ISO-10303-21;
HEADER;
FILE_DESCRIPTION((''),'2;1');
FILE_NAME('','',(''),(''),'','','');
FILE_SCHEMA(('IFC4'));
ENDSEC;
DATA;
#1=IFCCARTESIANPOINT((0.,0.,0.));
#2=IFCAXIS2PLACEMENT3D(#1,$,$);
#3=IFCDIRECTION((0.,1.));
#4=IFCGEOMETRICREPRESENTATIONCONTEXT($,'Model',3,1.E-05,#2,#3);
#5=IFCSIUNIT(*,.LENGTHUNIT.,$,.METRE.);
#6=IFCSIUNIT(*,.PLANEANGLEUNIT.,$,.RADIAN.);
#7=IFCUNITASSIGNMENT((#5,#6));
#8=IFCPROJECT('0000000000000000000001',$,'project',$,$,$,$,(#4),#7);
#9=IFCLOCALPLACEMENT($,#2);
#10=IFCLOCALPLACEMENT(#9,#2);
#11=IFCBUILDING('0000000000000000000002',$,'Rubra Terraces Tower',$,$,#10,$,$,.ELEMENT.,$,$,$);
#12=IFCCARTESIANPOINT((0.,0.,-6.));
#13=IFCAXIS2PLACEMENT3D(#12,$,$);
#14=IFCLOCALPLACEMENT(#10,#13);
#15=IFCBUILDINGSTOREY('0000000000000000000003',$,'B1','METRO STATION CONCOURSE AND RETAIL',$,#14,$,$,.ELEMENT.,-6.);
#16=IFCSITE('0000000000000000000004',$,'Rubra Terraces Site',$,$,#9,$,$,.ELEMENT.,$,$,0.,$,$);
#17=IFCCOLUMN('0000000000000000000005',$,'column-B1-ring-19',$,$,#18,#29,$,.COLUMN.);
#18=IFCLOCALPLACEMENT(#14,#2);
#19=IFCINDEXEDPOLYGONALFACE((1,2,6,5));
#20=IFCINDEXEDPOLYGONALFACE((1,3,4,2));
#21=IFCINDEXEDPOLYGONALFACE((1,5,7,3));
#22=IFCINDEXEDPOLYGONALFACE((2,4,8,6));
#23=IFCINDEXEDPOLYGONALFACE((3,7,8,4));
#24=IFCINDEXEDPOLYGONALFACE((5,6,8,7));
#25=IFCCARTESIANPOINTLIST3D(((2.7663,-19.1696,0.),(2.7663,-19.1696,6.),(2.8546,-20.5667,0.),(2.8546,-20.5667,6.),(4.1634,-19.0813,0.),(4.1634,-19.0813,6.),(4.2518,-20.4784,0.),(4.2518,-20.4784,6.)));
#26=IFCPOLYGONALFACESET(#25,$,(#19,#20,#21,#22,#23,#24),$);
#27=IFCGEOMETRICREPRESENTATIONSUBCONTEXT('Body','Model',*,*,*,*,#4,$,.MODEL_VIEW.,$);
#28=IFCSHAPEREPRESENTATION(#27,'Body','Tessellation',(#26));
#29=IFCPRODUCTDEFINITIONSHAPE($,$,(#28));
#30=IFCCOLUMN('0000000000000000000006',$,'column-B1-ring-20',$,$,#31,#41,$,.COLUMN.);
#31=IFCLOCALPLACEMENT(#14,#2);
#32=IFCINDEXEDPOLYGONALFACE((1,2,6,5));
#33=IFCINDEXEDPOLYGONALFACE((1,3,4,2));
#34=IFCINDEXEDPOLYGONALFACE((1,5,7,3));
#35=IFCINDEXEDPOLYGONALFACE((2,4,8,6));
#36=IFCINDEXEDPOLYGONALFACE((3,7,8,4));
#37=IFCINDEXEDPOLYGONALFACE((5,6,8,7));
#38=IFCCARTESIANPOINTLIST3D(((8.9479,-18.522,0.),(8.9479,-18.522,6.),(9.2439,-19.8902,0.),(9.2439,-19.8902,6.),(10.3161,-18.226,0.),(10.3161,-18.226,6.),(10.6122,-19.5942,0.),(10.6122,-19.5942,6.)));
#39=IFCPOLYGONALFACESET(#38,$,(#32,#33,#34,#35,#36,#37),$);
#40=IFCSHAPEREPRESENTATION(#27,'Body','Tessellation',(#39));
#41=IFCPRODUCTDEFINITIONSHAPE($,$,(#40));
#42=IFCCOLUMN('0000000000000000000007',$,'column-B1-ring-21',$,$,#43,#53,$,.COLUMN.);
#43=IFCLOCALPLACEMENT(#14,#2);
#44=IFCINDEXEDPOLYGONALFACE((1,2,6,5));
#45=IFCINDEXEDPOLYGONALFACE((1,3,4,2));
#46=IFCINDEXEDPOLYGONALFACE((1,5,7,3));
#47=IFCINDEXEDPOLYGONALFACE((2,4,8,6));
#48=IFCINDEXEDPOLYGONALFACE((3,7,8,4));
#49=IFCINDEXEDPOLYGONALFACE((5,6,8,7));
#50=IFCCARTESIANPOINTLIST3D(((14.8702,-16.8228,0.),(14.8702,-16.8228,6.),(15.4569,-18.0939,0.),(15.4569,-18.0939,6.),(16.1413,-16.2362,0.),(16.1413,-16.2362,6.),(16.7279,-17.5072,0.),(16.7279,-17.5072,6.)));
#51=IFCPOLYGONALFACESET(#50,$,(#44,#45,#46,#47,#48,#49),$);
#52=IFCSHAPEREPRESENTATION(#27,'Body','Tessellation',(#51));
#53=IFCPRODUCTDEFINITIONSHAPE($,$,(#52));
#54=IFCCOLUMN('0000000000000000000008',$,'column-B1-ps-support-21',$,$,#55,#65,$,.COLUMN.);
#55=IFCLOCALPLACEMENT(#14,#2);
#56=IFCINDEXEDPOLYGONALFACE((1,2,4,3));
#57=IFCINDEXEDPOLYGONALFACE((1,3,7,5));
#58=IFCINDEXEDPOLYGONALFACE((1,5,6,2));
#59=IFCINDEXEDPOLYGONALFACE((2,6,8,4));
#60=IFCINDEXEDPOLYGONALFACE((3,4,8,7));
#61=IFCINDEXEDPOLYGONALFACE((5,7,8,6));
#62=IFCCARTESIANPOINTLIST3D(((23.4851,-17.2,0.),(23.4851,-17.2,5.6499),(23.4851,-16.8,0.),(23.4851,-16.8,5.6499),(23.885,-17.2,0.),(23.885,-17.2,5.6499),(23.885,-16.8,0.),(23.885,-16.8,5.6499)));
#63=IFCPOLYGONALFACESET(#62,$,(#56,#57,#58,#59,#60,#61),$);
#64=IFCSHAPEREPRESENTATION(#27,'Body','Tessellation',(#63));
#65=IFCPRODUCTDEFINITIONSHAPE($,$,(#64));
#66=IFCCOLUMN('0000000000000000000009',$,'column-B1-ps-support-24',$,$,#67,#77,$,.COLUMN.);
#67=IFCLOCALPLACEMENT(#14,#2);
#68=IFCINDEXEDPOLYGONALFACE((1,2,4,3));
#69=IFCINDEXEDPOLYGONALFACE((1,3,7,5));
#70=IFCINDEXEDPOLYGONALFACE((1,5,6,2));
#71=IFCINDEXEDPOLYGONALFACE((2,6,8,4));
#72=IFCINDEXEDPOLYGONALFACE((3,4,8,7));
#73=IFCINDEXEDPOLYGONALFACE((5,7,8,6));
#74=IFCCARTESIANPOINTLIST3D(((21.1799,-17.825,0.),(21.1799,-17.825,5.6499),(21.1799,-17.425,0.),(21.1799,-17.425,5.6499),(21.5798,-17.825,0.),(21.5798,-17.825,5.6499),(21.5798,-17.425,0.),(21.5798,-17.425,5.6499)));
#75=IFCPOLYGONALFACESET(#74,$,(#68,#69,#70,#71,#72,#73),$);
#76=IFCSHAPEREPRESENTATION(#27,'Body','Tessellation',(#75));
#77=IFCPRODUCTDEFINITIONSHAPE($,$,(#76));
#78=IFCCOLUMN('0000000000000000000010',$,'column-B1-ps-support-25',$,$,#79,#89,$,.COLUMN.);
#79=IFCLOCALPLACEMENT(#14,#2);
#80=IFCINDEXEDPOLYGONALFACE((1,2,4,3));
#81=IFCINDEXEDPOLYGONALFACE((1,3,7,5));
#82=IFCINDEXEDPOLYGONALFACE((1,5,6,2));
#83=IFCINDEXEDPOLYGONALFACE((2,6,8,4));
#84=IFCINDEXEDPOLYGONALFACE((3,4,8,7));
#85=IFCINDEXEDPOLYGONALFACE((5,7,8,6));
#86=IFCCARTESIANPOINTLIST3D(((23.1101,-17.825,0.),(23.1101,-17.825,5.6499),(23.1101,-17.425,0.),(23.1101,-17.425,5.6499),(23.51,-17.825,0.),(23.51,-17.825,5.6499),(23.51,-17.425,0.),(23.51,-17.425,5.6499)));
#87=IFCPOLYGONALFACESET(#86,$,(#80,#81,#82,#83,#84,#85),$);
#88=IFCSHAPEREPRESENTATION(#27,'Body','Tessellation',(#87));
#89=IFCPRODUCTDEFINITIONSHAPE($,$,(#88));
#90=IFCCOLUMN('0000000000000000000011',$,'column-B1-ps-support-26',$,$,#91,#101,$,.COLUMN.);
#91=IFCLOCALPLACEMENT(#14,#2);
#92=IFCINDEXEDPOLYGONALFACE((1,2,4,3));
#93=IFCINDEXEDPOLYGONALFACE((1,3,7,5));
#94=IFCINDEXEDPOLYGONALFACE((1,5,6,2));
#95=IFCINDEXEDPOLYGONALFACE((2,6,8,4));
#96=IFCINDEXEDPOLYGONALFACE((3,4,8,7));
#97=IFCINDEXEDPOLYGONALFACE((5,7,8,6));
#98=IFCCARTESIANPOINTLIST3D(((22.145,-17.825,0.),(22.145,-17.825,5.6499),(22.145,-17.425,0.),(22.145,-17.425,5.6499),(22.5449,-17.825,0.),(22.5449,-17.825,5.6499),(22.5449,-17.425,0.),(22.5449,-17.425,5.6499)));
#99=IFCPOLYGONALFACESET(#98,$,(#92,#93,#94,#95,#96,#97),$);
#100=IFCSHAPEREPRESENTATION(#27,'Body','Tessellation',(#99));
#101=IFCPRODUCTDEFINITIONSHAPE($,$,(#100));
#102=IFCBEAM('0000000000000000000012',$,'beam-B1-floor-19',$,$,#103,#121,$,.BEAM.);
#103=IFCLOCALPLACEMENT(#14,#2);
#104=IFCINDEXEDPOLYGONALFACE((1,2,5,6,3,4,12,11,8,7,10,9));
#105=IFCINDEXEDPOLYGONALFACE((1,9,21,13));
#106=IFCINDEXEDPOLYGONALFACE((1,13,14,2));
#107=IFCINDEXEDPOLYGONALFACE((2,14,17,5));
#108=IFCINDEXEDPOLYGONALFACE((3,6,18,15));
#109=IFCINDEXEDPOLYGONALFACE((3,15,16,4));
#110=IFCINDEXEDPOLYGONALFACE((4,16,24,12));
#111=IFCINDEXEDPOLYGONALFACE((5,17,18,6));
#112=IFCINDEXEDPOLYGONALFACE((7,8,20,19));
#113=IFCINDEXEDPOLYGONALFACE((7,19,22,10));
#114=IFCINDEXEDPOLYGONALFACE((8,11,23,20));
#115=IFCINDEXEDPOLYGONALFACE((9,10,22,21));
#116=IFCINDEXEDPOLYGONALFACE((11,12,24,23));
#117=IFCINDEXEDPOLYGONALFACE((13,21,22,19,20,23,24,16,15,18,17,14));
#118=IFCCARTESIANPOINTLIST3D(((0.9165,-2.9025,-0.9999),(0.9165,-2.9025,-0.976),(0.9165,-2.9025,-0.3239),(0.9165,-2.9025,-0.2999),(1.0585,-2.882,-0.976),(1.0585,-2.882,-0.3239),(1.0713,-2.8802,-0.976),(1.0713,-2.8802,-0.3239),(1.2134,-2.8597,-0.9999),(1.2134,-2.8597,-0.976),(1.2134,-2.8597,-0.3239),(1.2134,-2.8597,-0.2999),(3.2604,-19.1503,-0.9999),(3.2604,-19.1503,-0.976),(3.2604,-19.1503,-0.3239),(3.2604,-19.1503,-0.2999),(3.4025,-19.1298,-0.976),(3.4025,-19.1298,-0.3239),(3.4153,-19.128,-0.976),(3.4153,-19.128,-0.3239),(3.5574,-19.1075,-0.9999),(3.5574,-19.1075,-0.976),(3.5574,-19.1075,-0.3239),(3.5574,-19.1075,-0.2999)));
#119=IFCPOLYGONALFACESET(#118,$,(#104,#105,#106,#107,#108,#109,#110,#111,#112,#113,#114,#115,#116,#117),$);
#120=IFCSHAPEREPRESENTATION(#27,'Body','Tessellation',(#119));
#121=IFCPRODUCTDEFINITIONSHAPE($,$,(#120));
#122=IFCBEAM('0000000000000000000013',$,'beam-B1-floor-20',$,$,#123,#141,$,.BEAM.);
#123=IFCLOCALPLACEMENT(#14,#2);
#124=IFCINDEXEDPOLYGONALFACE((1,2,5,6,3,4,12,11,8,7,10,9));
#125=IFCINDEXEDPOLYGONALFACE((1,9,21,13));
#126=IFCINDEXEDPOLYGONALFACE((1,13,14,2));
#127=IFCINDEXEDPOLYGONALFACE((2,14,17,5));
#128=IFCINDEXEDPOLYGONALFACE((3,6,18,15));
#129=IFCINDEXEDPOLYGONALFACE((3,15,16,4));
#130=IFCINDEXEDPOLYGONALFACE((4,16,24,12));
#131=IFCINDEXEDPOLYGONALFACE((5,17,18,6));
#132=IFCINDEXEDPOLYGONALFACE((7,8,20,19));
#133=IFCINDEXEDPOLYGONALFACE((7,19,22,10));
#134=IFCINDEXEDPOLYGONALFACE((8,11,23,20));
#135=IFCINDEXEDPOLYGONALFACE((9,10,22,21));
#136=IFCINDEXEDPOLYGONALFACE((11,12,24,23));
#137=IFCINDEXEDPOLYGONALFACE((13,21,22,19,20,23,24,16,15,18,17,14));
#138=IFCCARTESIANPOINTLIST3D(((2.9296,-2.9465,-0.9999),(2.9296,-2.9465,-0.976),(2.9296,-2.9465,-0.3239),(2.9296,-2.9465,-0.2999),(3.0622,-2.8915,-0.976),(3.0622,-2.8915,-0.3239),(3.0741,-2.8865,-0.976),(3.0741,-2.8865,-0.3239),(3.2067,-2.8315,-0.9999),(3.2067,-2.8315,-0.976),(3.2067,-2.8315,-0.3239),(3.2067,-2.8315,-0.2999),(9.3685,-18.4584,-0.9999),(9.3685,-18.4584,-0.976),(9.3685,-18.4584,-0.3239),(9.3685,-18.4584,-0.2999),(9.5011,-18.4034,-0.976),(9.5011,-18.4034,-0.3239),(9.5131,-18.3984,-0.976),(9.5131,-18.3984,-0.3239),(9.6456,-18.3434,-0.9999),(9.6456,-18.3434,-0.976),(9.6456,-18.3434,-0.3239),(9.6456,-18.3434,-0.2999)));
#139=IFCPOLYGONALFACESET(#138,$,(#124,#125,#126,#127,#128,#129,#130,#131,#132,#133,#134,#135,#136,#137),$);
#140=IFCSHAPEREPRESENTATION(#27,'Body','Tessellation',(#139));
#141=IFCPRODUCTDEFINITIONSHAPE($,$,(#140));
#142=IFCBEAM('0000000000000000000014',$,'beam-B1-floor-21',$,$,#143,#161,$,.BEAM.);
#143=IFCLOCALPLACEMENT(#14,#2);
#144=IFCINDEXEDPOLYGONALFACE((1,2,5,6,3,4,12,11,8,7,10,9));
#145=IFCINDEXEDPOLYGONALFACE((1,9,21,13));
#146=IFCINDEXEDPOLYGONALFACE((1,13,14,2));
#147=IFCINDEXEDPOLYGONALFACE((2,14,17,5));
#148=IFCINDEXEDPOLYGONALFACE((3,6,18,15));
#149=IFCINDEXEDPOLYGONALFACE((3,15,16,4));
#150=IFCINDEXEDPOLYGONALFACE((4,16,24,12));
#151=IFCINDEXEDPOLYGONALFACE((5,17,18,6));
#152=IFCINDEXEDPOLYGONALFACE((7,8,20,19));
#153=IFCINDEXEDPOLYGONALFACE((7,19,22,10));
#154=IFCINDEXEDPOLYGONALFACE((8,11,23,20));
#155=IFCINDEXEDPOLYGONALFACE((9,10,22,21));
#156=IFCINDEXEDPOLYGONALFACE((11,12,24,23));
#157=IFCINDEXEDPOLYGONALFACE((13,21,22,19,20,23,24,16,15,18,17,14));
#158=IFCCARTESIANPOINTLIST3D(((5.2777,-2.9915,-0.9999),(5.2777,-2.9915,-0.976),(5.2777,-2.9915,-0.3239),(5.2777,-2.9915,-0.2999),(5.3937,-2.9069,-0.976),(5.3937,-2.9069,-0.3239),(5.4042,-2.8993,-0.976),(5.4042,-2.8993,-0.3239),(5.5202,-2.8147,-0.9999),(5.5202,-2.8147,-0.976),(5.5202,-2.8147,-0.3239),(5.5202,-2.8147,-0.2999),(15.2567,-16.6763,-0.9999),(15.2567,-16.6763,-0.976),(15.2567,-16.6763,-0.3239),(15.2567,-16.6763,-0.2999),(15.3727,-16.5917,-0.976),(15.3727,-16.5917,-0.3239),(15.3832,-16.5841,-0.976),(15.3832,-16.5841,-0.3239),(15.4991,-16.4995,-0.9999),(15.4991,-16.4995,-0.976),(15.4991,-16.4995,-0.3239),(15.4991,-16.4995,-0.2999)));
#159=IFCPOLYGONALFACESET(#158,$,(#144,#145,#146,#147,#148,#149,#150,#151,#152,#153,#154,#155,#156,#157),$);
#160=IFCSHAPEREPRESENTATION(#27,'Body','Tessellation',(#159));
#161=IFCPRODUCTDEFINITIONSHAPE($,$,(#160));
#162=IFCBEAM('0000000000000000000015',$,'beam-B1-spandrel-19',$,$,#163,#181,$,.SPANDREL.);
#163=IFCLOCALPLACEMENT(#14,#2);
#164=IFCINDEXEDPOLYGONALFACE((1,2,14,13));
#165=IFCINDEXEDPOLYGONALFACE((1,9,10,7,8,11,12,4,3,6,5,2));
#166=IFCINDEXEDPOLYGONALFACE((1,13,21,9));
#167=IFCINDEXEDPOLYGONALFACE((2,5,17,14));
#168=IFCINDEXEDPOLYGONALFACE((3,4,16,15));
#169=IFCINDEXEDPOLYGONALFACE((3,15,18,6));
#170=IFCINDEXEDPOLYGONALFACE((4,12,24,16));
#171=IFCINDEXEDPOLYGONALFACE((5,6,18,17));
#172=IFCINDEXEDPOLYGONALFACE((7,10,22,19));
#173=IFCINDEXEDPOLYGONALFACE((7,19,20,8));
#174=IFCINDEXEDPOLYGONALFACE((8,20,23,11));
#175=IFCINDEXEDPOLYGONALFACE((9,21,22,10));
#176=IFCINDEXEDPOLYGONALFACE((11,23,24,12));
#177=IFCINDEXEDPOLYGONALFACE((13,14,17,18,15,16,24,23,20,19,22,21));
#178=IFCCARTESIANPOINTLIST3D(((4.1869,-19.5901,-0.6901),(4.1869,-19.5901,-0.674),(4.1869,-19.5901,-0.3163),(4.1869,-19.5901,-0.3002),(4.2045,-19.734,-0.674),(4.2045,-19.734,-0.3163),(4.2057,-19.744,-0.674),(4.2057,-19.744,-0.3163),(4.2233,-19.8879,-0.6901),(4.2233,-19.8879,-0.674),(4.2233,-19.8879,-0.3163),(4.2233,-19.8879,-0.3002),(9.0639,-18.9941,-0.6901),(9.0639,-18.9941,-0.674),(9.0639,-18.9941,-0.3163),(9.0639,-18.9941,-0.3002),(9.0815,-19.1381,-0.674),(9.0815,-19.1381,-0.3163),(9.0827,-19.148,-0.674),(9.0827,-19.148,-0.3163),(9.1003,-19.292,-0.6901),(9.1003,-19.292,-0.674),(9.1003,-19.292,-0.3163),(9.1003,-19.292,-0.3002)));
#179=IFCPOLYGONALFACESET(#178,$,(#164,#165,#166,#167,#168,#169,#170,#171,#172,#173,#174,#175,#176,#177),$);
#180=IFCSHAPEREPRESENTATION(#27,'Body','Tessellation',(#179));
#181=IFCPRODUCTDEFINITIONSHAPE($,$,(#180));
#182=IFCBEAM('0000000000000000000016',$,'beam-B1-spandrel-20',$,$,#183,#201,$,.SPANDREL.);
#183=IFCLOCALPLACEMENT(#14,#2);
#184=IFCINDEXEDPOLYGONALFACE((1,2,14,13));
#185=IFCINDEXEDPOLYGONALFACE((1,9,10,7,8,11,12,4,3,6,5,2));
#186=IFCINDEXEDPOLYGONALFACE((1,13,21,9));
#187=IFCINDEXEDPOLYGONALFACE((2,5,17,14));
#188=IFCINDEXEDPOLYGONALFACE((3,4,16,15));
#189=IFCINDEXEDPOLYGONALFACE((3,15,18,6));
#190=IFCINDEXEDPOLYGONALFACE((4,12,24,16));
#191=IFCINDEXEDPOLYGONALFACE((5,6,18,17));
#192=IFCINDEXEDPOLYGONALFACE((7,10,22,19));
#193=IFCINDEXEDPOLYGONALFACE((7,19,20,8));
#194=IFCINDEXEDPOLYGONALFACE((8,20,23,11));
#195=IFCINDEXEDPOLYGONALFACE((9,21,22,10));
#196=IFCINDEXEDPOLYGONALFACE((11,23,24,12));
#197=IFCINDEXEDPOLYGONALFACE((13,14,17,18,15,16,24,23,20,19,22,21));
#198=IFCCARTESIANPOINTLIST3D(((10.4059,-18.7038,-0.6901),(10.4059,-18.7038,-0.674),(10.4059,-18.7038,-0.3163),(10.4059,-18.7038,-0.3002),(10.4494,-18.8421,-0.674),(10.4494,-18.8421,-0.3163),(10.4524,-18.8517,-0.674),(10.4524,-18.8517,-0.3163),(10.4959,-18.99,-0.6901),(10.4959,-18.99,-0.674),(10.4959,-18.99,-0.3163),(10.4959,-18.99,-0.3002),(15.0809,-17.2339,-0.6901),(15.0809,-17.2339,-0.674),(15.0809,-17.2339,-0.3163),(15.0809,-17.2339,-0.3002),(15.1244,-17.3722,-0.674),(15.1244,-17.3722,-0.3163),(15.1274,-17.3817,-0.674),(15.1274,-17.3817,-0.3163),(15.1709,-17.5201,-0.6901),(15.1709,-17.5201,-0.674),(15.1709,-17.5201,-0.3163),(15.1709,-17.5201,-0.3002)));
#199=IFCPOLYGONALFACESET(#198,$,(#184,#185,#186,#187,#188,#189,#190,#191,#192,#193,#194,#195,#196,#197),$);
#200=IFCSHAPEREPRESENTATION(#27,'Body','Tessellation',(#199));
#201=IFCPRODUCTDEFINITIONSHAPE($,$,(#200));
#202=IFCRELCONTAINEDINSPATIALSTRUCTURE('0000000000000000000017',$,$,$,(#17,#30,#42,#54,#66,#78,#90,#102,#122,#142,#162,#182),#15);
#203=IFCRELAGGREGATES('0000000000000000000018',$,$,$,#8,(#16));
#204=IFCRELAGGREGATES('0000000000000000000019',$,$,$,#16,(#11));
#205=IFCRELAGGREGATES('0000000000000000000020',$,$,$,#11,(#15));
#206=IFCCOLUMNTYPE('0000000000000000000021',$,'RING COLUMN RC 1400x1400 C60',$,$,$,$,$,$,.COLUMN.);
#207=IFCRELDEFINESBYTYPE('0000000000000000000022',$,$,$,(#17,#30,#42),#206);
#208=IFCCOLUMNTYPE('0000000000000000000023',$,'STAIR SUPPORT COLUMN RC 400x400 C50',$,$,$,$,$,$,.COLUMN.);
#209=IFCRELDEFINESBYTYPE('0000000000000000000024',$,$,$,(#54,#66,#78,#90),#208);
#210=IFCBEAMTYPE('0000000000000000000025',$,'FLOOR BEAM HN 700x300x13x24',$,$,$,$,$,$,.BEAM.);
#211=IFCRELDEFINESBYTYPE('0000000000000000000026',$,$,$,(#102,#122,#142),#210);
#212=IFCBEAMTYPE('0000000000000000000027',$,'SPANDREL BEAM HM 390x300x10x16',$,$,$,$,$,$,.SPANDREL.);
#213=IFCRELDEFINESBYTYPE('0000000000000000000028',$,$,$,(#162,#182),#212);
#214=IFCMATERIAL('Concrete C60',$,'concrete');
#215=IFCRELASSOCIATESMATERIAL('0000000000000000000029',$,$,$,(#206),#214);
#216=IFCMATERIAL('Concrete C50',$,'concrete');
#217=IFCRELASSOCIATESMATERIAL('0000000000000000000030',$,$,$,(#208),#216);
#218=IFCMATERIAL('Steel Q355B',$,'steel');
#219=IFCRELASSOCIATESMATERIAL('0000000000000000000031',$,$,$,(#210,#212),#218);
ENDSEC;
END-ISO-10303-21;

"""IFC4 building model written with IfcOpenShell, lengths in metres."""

from ifc_helpers import new_model, si_unit, direction, frame, origin, origin_2d, place, context, subcontext, project, spatial, rectangle, i_section, extrude, material, material_profile, profile_set, type_object, element, save


model = new_model("IFC4")

# Units and contexts
model_context = context("Model", 3, precision=1e-05, world=origin(), true_north=direction((0.0, 1.0)))
body_context = subcontext(model_context, "Body", "Model", "MODEL_VIEW")
ifc_project = project(units=[si_unit("LENGTHUNIT", "METRE"), si_unit("PLANEANGLEUNIT", "RADIAN")], contexts=[model_context])

# Site, building, storey
site_placement = place(None, origin())
site = spatial("IfcSite", under=ifc_project, at=site_placement, Name="Rubra Terraces Site", CompositionType="ELEMENT", RefElevation=0.0)
building_placement = place(site_placement, origin())
building = spatial("IfcBuilding", under=site, at=building_placement, Name="Rubra Terraces Tower", CompositionType="ELEMENT")
storey_placement = place(building_placement, frame((0.0, 0.0, -6.0)))
storey = spatial("IfcBuildingStorey", under=building, at=storey_placement, Name="B1", Description="METRO STATION CONCOURSE AND RETAIL", CompositionType="ELEMENT", Elevation=-6.0)

# Columns
ifc_material_1 = material(Name="Concrete C60", Category="concrete")
ifc_material_profile_1 = material_profile(ifc_material_1, rectangle(XDim=1.3999, YDim=1.3999, at=origin_2d()), Name="RC 1400x1400")
ifc_profile_set_1 = profile_set([ifc_material_profile_1], Name="Concrete C60")
column_type_1 = type_object("IfcColumnType", Name="RING COLUMN RC 1400x1400 C60", PredefinedType="COLUMN", material=ifc_profile_set_1)
for number, where, z_axis, x_axis, name in (
    (1, (3.509, -19.824, 0.0), (0.0, 0.0, 1.0), (0.998008, 0.063094, 0.0), "column-B1-ring-19"),
    (2, (9.78, -19.0581, 0.0), (0.0, 0.0, 1.0), (0.977386, 0.211462, 0.0), "column-B1-ring-20"),
    (3, (15.7991, -17.165, 0.0), (0.0, 0.0, 1.0), (0.907952, 0.419073, 0.0), "column-B1-ring-21"),
):
    element("IfcColumn", number, at=place(storey_placement, frame(where, z_axis=z_axis, x_axis=x_axis)), inside=storey, type_object=column_type_1, Name=name, PredefinedType="COLUMN", context=body_context, shape_type="SweptSolid", body=[
        extrude(rectangle(XDim=1.3999, YDim=1.3999, at=origin_2d()), origin(), (0.0, 0.0, 1.0), 6.0),
    ])
ifc_material_2 = material(Name="Concrete C50", Category="concrete")
ifc_material_profile_2 = material_profile(ifc_material_2, rectangle(XDim=0.3999, YDim=0.3999, at=origin_2d()), Name="RC 400x400")
ifc_profile_set_2 = profile_set([ifc_material_profile_2], Name="Concrete C50")
column_type_2 = type_object("IfcColumnType", Name="STAIR SUPPORT COLUMN RC 400x400 C50", PredefinedType="COLUMN", material=ifc_profile_set_2)
for number, where, z_axis, x_axis, name in (
    (4, (23.6851, -17.0, 0.0), (0.0, 0.0, 1.0), (1.0, 0.0, 0.0), "column-B1-ps-support-21"),
    (5, (21.3799, -17.625, 0.0), (0.0, 0.0, 1.0), (1.0, 0.0, 0.0), "column-B1-ps-support-24"),
    (6, (23.3101, -17.625, 0.0), (0.0, 0.0, 1.0), (1.0, 0.0, 0.0), "column-B1-ps-support-25"),
    (7, (22.345, -17.625, 0.0), (0.0, 0.0, 1.0), (1.0, 0.0, 0.0), "column-B1-ps-support-26"),
):
    element("IfcColumn", number, at=place(storey_placement, frame(where, z_axis=z_axis, x_axis=x_axis)), inside=storey, type_object=column_type_2, Name=name, PredefinedType="COLUMN", context=body_context, shape_type="SweptSolid", body=[
        extrude(rectangle(XDim=0.3999, YDim=0.3999, at=origin_2d()), origin(), (0.0, 0.0, 1.0), 5.6499),
    ])

# Beams
ifc_material_3 = material(Name="Steel Q355B", Category="steel")
ifc_material_profile_3 = material_profile(ifc_material_3, i_section(OverallWidth=0.3, OverallDepth=0.7, WebThickness=0.0129, FlangeThickness=0.0239, at=origin_2d()), Name="HN 700x300x13x24")
ifc_profile_set_3 = profile_set([ifc_material_profile_3], Name="Steel Q355B")
beam_type_1 = type_object("IfcBeamType", Name="FLOOR BEAM HN 700x300x13x24", PredefinedType="BEAM", material=ifc_profile_set_3)
beam_1_placement = place(storey_placement, frame((3.4089, -19.1289, -0.6499), z_axis=(-0.142787, 0.989753, 0.0), x_axis=(-0.989753, -0.142787, 0.0)))
element("IfcBeam", 8, at=beam_1_placement, inside=storey, type_object=beam_type_1, Name="beam-B1-floor-19", PredefinedType="BEAM", context=body_context, shape_type="SweptSolid", body=[
    extrude(i_section(OverallWidth=0.3, OverallDepth=0.7, WebThickness=0.0129, FlangeThickness=0.0239, at=origin_2d()), origin(), (0.0, 0.0, 1.0), 16.416),
])
beam_2_placement = place(storey_placement, frame((9.5071, -18.4009, -0.6499), z_axis=(-0.38338, 0.923591, 0.0), x_axis=(-0.923591, -0.38338, 0.0)))
element("IfcBeam", 9, at=beam_2_placement, inside=storey, type_object=beam_type_1, Name="beam-B1-floor-20", PredefinedType="BEAM", context=body_context, shape_type="SweptSolid", body=[
    extrude(i_section(OverallWidth=0.3, OverallDepth=0.7, WebThickness=0.0129, FlangeThickness=0.0239, at=origin_2d()), origin(), (0.0, 0.0, 1.0), 16.7952),
])
beam_3_placement = place(storey_placement, frame((15.3779, -16.5879, -0.6499), z_axis=(-0.589191, 0.807994, 0.0), x_axis=(-0.807994, -0.589191, 0.0)))
element("IfcBeam", 10, at=beam_3_placement, inside=storey, type_object=beam_type_1, Name="beam-B1-floor-21", PredefinedType="BEAM", context=body_context, shape_type="SweptSolid", body=[
    extrude(i_section(OverallWidth=0.3, OverallDepth=0.7, WebThickness=0.0129, FlangeThickness=0.0239, at=origin_2d()), origin(), (0.0, 0.0, 1.0), 16.9368),
])
ifc_material_profile_4 = material_profile(ifc_material_3, i_section(OverallWidth=0.3, OverallDepth=0.3899, WebThickness=0.01, FlangeThickness=0.0161, at=origin_2d()), Name="HM 390x300x10x16")
ifc_profile_set_4 = profile_set([ifc_material_profile_4], Name="Steel Q355B")
beam_type_2 = type_object("IfcBeamType", Name="SPANDREL BEAM HM 390x300x10x16", PredefinedType="SPANDREL", material=ifc_profile_set_4)
beam_4_placement = place(storey_placement, frame((4.2051, -19.739, -0.4951), z_axis=(0.992617, 0.121294, 0.0), x_axis=(-0.121294, 0.992617, 0.0)))
element("IfcBeam", 11, at=beam_4_placement, inside=storey, type_object=beam_type_2, Name="beam-B1-spandrel-19", PredefinedType="SPANDREL", context=body_context, shape_type="SweptSolid", body=[
    extrude(i_section(OverallWidth=0.3, OverallDepth=0.3899, WebThickness=0.01, FlangeThickness=0.0161, at=origin_2d()), origin(), (0.0, 0.0, 1.0), 4.9133),
])
beam_5_placement = place(storey_placement, frame((10.4509, -18.8469, -0.4951), z_axis=(0.953955, 0.299951, 0.0), x_axis=(-0.299951, 0.953955, 0.0)))
element("IfcBeam", 12, at=beam_5_placement, inside=storey, type_object=beam_type_2, Name="beam-B1-spandrel-20", PredefinedType="SPANDREL", context=body_context, shape_type="SweptSolid", body=[
    extrude(i_section(OverallWidth=0.3, OverallDepth=0.3899, WebThickness=0.01, FlangeThickness=0.0161, at=origin_2d()), origin(), (0.0, 0.0, 1.0), 4.9006),
])

save(model, "model.ifc")
